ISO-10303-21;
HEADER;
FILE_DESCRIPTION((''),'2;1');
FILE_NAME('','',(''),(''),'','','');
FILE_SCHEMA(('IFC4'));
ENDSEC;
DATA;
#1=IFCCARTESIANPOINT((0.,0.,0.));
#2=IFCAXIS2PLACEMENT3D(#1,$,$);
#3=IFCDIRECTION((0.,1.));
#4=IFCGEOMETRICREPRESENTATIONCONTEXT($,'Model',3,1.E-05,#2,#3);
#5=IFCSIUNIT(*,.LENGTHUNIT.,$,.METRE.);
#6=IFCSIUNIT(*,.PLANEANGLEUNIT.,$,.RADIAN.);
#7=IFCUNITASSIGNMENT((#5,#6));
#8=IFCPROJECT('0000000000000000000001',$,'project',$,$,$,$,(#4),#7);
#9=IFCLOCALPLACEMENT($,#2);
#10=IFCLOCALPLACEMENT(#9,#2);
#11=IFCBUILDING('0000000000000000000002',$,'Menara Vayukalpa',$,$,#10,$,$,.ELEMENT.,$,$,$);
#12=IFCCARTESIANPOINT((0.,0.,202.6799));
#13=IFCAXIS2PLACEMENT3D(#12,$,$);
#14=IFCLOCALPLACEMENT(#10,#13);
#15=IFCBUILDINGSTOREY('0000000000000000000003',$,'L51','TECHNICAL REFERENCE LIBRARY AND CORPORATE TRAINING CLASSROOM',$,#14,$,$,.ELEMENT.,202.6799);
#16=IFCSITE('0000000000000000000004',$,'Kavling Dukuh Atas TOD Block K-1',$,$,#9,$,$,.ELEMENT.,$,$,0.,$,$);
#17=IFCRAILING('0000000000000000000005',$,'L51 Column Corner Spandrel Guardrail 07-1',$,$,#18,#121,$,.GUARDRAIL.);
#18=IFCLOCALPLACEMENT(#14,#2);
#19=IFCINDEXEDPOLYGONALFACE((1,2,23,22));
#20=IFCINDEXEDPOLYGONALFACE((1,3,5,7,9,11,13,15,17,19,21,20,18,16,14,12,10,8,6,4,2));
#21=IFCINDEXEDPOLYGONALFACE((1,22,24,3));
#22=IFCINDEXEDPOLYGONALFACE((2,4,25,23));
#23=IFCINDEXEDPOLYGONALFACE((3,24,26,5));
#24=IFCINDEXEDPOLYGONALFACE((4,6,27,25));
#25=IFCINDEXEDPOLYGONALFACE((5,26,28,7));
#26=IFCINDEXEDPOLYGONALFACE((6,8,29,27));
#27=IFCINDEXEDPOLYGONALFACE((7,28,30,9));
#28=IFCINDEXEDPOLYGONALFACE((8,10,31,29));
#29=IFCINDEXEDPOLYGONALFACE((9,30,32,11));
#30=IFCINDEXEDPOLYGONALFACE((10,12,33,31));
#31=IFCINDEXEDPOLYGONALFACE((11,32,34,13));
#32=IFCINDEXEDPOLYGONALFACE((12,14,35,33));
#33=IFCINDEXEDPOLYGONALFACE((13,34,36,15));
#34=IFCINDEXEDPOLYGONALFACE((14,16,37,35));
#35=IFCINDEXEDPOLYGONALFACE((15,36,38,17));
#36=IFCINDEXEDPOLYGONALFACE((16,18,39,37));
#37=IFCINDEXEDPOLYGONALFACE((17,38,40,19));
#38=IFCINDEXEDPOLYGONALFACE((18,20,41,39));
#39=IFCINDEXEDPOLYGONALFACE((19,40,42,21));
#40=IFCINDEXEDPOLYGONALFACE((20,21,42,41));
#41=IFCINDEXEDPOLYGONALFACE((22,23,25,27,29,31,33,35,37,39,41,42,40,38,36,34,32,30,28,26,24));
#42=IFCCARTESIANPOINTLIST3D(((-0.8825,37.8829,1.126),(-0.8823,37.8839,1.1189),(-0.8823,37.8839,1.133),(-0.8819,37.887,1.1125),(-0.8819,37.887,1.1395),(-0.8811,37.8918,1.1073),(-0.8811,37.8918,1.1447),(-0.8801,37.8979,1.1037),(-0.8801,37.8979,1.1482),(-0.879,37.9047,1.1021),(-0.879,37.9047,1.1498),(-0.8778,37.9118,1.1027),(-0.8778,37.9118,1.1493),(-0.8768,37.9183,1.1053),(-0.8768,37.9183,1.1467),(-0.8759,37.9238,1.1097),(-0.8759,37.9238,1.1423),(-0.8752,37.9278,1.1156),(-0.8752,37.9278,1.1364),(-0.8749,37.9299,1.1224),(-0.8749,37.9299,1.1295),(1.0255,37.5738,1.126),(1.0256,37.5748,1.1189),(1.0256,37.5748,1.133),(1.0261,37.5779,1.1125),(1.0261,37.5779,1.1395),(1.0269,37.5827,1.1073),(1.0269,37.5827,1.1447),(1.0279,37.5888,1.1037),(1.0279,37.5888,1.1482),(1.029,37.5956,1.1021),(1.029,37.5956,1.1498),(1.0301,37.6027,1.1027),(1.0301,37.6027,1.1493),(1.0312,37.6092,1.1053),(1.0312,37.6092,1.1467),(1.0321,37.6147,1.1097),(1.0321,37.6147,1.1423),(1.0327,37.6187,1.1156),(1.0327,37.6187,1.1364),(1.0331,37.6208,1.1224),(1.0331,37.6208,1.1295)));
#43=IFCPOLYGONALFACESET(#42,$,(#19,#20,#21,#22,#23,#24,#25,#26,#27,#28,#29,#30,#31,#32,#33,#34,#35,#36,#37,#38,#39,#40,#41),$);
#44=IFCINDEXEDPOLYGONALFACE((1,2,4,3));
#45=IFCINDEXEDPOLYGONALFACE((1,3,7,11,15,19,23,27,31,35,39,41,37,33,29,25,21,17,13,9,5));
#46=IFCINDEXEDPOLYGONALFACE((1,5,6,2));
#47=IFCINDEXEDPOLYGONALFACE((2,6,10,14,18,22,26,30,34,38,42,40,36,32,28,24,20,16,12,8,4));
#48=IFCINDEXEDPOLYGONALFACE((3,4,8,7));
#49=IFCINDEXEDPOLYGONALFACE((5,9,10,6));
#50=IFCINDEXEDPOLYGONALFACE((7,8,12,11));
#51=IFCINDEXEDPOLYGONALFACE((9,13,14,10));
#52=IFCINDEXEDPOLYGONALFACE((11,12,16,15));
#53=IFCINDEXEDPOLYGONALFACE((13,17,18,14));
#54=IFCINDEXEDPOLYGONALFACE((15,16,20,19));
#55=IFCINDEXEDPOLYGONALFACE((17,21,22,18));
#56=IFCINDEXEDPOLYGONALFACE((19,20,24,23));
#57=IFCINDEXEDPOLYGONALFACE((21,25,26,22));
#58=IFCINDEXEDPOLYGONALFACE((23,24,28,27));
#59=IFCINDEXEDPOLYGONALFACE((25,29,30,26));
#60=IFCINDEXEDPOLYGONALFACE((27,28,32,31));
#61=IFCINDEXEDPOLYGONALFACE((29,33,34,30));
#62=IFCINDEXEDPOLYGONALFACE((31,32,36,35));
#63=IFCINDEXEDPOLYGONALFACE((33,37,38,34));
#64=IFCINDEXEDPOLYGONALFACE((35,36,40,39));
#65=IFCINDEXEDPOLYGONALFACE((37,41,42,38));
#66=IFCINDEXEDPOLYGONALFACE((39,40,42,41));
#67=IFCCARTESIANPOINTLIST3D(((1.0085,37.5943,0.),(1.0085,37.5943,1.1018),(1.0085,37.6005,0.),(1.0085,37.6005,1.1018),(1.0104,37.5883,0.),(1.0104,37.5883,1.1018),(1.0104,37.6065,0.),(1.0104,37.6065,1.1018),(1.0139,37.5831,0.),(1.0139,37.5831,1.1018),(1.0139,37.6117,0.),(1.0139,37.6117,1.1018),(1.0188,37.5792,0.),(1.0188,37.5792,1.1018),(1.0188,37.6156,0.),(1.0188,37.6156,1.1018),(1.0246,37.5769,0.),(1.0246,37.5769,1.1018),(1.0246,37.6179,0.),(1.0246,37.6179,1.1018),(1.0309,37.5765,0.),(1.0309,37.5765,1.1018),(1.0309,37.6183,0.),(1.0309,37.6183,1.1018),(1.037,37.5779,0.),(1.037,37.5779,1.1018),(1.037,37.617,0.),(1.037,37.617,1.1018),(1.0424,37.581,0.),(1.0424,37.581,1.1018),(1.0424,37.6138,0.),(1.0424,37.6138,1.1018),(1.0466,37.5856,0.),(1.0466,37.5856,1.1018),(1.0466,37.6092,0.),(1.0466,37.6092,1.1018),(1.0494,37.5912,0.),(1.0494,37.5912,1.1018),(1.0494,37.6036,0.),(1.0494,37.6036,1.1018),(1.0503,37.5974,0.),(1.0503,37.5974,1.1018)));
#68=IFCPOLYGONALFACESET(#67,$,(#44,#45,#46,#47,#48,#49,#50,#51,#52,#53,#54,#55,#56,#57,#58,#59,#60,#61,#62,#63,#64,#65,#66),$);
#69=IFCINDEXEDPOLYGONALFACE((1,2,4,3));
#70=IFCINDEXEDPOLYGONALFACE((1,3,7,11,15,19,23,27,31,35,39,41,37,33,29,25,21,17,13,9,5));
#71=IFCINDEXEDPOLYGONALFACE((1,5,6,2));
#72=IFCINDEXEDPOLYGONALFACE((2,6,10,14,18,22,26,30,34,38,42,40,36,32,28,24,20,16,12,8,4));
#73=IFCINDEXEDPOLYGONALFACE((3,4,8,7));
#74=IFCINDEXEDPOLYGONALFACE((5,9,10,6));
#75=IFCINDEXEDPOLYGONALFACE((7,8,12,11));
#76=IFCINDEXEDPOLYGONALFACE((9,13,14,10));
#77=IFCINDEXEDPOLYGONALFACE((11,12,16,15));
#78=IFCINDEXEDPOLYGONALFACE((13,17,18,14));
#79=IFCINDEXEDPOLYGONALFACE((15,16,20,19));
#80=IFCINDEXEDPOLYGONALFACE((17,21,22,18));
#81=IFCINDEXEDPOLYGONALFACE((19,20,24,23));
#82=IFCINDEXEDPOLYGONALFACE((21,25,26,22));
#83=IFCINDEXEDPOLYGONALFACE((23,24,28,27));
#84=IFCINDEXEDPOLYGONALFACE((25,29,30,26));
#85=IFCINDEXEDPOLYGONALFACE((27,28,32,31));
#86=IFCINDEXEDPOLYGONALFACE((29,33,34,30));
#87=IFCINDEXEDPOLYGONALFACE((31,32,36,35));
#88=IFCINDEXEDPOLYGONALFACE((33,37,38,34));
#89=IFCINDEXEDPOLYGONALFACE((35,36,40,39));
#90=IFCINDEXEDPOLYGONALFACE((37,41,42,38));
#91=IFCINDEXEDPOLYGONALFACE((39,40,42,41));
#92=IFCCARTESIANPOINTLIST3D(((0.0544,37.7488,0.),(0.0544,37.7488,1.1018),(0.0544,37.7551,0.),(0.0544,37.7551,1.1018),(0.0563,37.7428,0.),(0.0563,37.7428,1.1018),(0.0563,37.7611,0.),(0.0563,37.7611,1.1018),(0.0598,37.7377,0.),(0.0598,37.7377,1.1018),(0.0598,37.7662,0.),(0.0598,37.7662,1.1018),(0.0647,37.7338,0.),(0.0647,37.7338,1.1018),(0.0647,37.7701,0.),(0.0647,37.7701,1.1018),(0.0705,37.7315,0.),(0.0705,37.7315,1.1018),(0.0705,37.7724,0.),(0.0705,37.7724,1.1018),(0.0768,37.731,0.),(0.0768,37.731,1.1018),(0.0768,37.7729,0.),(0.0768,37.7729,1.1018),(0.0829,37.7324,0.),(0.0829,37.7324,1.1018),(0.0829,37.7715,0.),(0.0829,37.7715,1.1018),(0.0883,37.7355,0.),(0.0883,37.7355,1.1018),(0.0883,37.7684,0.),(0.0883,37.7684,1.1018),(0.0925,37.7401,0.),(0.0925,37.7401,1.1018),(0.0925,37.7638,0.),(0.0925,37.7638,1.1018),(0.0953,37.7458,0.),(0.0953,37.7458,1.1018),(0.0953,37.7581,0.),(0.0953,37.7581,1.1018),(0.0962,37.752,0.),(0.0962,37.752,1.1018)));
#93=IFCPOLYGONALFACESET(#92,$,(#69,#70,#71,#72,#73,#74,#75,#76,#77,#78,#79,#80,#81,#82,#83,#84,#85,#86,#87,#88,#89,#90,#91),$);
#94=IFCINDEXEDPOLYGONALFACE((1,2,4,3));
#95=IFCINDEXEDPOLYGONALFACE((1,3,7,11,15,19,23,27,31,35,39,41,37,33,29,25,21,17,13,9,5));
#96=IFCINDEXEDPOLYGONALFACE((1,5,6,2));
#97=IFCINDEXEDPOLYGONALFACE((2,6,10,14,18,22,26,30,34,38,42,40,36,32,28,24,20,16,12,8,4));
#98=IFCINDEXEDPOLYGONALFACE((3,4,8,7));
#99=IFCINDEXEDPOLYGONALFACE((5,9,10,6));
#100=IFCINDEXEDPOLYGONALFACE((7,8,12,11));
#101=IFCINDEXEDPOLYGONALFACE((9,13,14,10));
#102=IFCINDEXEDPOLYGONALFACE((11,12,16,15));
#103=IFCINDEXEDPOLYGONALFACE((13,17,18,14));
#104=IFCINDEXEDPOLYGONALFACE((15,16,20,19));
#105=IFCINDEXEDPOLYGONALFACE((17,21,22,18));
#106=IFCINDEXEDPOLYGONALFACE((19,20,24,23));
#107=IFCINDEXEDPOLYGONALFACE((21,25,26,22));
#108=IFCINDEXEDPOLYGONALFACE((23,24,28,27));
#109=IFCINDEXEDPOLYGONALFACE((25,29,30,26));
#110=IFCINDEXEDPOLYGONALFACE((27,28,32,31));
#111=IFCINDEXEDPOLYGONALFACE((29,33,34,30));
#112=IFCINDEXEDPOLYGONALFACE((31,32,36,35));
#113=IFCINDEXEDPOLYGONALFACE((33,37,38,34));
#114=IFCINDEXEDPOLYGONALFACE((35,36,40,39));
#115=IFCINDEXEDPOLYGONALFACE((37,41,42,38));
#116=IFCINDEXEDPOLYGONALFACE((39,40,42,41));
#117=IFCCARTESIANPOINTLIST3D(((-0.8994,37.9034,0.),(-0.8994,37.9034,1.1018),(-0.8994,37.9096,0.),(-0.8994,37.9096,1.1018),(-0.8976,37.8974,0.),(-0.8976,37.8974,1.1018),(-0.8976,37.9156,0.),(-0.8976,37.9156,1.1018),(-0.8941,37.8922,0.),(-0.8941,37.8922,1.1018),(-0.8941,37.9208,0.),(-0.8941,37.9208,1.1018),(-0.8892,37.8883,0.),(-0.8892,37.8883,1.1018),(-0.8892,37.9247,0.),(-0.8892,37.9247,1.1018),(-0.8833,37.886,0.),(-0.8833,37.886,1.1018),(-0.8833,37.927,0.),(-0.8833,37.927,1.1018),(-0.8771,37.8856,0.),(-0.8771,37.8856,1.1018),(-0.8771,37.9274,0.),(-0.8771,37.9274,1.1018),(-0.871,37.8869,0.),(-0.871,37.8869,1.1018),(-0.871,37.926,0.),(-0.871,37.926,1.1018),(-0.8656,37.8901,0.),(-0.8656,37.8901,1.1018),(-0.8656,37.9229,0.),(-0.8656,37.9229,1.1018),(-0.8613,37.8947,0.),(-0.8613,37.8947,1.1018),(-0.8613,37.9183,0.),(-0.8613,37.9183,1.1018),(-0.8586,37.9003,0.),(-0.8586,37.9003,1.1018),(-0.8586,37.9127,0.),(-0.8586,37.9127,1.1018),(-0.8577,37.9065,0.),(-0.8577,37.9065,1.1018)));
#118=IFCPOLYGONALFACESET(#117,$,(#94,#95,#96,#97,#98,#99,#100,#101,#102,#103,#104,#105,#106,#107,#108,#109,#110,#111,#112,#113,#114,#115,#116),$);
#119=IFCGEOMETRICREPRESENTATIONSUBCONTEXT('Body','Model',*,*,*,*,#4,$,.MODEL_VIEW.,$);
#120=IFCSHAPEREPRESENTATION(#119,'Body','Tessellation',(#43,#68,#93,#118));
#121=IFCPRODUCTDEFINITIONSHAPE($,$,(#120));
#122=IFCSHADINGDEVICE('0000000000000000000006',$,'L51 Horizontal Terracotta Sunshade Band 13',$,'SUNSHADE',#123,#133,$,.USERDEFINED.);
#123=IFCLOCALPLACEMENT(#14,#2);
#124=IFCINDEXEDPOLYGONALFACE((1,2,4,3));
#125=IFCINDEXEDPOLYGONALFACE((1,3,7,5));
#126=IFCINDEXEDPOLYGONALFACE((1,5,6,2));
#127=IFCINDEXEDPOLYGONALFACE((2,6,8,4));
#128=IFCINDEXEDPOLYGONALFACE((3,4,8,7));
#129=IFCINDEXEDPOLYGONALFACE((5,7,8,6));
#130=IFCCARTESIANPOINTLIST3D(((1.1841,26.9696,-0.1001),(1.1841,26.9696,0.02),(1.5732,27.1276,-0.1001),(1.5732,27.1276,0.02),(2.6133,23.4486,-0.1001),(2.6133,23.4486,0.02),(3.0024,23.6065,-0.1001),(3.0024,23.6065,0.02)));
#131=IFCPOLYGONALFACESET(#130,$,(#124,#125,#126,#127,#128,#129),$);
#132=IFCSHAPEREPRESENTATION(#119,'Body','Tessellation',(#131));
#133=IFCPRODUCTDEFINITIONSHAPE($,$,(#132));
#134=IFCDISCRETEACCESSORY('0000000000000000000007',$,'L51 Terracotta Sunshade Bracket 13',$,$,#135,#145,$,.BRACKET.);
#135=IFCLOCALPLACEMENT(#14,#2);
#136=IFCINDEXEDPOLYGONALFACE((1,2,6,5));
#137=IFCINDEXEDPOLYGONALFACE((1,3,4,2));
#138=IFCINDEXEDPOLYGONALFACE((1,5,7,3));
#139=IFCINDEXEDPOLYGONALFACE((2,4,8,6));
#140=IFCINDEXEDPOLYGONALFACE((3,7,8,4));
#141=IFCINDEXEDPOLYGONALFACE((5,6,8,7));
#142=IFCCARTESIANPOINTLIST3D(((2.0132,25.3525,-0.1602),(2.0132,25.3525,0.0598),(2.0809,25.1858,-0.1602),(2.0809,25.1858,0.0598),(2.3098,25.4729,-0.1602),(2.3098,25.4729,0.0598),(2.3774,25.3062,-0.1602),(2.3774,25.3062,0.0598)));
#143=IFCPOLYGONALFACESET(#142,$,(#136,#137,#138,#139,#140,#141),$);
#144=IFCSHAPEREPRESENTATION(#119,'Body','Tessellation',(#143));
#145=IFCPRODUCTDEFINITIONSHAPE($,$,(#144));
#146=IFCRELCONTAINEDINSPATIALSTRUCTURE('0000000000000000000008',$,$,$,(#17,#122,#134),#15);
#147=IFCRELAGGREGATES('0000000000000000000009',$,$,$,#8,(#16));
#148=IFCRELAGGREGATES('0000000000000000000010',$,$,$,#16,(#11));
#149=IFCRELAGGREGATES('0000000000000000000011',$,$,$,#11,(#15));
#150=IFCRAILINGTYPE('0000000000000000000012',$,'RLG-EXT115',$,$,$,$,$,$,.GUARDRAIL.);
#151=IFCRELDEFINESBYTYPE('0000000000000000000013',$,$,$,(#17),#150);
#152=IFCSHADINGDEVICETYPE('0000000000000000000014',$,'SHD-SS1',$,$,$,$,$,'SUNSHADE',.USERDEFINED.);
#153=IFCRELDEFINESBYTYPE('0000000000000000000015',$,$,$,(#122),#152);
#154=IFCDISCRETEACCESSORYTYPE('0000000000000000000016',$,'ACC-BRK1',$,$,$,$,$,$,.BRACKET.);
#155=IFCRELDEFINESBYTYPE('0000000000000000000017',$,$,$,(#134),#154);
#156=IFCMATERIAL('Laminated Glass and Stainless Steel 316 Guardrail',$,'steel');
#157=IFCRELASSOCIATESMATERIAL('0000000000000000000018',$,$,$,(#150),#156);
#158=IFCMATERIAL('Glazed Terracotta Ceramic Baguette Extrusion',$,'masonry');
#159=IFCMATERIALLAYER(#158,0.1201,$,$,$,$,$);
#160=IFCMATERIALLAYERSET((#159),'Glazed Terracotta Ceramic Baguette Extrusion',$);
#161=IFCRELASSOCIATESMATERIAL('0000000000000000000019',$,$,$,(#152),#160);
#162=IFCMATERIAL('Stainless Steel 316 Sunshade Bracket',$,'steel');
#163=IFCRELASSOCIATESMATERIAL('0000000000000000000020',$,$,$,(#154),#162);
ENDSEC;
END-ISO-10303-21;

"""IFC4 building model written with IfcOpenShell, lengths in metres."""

from ifc_helpers import new_model, si_unit, direction, frame, origin, origin_2d, place, context, subcontext, project, spatial, rectangle, circle, extrude, material, layer, layer_set, type_object, element, save


model = new_model("IFC4")

# Units and contexts
model_context = context("Model", 3, precision=1e-05, world=origin(), true_north=direction((0.0, 1.0)))
body_context = subcontext(model_context, "Body", "Model", "MODEL_VIEW")
ifc_project = project(units=[si_unit("LENGTHUNIT", "METRE"), si_unit("PLANEANGLEUNIT", "RADIAN")], contexts=[model_context])

# Site, building, storey
site_placement = place(None, origin())
site = spatial("IfcSite", under=ifc_project, at=site_placement, Name="Kavling Dukuh Atas TOD Block K-1", CompositionType="ELEMENT", RefElevation=0.0)
building_placement = place(site_placement, origin())
building = spatial("IfcBuilding", under=site, at=building_placement, Name="Menara Vayukalpa", CompositionType="ELEMENT")
storey_placement = place(building_placement, frame((0.0, 0.0, 202.6799)))
storey = spatial("IfcBuildingStorey", under=building, at=storey_placement, Name="L51", Description="TECHNICAL REFERENCE LIBRARY AND CORPORATE TRAINING CLASSROOM", CompositionType="ELEMENT", Elevation=202.6799)

# Railing
ifc_material_1 = material(Name="Laminated Glass and Stainless Steel 316 Guardrail", Category="steel")
railing_type = type_object("IfcRailingType", Name="RLG-EXT115", PredefinedType="GUARDRAIL", material=ifc_material_1)
railing_placement = place(storey_placement, frame((1.0293, 37.5974, 0.0)))
element("IfcRailing", 1, at=railing_placement, inside=storey, type_object=railing_type, Name="L51 Column Corner Spandrel Guardrail 07-1", PredefinedType="GUARDRAIL", context=body_context, shape_type="SweptSolid", body=[
    extrude(circle(Radius=0.0239, at=origin_2d()), frame((0.0, 0.0, 1.126), z_axis=(-0.987131, 0.159911, 0.0), x_axis=(-0.159911, -0.987131, 0.0)), (0.0, 0.0, 1.0), 1.9329),
    extrude(circle(Radius=0.021, at=origin_2d()), origin(), (0.0, 0.0, 1.0), 1.1018),
    extrude(circle(Radius=0.021, at=origin_2d()), frame((-0.9541, 0.1545, 0.0)), (0.0, 0.0, 1.0), 1.1018),
    extrude(circle(Radius=0.021, at=origin_2d()), frame((-1.908, 0.3091, 0.0)), (0.0, 0.0, 1.0), 1.1018),
])

# Shading device
ifc_material_2 = material(Name="Glazed Terracotta Ceramic Baguette Extrusion", Category="masonry")
ifc_layer_1 = layer(ifc_material_2, 0.1201)
ifc_layer_set_1 = layer_set([ifc_layer_1], Name="Glazed Terracotta Ceramic Baguette Extrusion")
shading_device_type = type_object("IfcShadingDeviceType", Name="SHD-SS1", ElementType="SUNSHADE", PredefinedType="USERDEFINED", material=ifc_layer_set_1)
shading_device_placement = place(storey_placement, frame((2.0933, 25.2881, -0.1001), z_axis=(0.0, 0.0, 1.0), x_axis=(0.376095, -0.926581, 0.0)))
element("IfcShadingDevice", 2, at=shading_device_placement, inside=storey, type_object=shading_device_type, Name="L51 Horizontal Terracotta Sunshade Band 13", ObjectType="SUNSHADE", PredefinedType="USERDEFINED", context=body_context, shape_type="SweptSolid", body=[
    extrude(rectangle(XDim=3.8, YDim=0.4199, at=origin_2d()), origin(), (0.0, 0.0, 1.0), 0.1201),
])

# Discrete accessory
ifc_material_3 = material(Name="Stainless Steel 316 Sunshade Bracket", Category="steel")
discrete_accessory_type = type_object("IfcDiscreteAccessoryType", Name="ACC-BRK1", PredefinedType="BRACKET", material=ifc_material_3)
discrete_accessory_placement = place(storey_placement, frame((2.1953, 25.3293, -0.1602), z_axis=(0.0, 0.0, 1.0), x_axis=(0.376095, -0.926581, 0.0)))
element("IfcDiscreteAccessory", 3, at=discrete_accessory_placement, inside=storey, type_object=discrete_accessory_type, Name="L51 Terracotta Sunshade Bracket 13", PredefinedType="BRACKET", context=body_context, shape_type="SweptSolid", body=[
    extrude(rectangle(XDim=0.1799, YDim=0.3201, at=origin_2d()), origin(), (0.0, 0.0, 1.0), 0.22),
])

save(model, "model.ifc")
